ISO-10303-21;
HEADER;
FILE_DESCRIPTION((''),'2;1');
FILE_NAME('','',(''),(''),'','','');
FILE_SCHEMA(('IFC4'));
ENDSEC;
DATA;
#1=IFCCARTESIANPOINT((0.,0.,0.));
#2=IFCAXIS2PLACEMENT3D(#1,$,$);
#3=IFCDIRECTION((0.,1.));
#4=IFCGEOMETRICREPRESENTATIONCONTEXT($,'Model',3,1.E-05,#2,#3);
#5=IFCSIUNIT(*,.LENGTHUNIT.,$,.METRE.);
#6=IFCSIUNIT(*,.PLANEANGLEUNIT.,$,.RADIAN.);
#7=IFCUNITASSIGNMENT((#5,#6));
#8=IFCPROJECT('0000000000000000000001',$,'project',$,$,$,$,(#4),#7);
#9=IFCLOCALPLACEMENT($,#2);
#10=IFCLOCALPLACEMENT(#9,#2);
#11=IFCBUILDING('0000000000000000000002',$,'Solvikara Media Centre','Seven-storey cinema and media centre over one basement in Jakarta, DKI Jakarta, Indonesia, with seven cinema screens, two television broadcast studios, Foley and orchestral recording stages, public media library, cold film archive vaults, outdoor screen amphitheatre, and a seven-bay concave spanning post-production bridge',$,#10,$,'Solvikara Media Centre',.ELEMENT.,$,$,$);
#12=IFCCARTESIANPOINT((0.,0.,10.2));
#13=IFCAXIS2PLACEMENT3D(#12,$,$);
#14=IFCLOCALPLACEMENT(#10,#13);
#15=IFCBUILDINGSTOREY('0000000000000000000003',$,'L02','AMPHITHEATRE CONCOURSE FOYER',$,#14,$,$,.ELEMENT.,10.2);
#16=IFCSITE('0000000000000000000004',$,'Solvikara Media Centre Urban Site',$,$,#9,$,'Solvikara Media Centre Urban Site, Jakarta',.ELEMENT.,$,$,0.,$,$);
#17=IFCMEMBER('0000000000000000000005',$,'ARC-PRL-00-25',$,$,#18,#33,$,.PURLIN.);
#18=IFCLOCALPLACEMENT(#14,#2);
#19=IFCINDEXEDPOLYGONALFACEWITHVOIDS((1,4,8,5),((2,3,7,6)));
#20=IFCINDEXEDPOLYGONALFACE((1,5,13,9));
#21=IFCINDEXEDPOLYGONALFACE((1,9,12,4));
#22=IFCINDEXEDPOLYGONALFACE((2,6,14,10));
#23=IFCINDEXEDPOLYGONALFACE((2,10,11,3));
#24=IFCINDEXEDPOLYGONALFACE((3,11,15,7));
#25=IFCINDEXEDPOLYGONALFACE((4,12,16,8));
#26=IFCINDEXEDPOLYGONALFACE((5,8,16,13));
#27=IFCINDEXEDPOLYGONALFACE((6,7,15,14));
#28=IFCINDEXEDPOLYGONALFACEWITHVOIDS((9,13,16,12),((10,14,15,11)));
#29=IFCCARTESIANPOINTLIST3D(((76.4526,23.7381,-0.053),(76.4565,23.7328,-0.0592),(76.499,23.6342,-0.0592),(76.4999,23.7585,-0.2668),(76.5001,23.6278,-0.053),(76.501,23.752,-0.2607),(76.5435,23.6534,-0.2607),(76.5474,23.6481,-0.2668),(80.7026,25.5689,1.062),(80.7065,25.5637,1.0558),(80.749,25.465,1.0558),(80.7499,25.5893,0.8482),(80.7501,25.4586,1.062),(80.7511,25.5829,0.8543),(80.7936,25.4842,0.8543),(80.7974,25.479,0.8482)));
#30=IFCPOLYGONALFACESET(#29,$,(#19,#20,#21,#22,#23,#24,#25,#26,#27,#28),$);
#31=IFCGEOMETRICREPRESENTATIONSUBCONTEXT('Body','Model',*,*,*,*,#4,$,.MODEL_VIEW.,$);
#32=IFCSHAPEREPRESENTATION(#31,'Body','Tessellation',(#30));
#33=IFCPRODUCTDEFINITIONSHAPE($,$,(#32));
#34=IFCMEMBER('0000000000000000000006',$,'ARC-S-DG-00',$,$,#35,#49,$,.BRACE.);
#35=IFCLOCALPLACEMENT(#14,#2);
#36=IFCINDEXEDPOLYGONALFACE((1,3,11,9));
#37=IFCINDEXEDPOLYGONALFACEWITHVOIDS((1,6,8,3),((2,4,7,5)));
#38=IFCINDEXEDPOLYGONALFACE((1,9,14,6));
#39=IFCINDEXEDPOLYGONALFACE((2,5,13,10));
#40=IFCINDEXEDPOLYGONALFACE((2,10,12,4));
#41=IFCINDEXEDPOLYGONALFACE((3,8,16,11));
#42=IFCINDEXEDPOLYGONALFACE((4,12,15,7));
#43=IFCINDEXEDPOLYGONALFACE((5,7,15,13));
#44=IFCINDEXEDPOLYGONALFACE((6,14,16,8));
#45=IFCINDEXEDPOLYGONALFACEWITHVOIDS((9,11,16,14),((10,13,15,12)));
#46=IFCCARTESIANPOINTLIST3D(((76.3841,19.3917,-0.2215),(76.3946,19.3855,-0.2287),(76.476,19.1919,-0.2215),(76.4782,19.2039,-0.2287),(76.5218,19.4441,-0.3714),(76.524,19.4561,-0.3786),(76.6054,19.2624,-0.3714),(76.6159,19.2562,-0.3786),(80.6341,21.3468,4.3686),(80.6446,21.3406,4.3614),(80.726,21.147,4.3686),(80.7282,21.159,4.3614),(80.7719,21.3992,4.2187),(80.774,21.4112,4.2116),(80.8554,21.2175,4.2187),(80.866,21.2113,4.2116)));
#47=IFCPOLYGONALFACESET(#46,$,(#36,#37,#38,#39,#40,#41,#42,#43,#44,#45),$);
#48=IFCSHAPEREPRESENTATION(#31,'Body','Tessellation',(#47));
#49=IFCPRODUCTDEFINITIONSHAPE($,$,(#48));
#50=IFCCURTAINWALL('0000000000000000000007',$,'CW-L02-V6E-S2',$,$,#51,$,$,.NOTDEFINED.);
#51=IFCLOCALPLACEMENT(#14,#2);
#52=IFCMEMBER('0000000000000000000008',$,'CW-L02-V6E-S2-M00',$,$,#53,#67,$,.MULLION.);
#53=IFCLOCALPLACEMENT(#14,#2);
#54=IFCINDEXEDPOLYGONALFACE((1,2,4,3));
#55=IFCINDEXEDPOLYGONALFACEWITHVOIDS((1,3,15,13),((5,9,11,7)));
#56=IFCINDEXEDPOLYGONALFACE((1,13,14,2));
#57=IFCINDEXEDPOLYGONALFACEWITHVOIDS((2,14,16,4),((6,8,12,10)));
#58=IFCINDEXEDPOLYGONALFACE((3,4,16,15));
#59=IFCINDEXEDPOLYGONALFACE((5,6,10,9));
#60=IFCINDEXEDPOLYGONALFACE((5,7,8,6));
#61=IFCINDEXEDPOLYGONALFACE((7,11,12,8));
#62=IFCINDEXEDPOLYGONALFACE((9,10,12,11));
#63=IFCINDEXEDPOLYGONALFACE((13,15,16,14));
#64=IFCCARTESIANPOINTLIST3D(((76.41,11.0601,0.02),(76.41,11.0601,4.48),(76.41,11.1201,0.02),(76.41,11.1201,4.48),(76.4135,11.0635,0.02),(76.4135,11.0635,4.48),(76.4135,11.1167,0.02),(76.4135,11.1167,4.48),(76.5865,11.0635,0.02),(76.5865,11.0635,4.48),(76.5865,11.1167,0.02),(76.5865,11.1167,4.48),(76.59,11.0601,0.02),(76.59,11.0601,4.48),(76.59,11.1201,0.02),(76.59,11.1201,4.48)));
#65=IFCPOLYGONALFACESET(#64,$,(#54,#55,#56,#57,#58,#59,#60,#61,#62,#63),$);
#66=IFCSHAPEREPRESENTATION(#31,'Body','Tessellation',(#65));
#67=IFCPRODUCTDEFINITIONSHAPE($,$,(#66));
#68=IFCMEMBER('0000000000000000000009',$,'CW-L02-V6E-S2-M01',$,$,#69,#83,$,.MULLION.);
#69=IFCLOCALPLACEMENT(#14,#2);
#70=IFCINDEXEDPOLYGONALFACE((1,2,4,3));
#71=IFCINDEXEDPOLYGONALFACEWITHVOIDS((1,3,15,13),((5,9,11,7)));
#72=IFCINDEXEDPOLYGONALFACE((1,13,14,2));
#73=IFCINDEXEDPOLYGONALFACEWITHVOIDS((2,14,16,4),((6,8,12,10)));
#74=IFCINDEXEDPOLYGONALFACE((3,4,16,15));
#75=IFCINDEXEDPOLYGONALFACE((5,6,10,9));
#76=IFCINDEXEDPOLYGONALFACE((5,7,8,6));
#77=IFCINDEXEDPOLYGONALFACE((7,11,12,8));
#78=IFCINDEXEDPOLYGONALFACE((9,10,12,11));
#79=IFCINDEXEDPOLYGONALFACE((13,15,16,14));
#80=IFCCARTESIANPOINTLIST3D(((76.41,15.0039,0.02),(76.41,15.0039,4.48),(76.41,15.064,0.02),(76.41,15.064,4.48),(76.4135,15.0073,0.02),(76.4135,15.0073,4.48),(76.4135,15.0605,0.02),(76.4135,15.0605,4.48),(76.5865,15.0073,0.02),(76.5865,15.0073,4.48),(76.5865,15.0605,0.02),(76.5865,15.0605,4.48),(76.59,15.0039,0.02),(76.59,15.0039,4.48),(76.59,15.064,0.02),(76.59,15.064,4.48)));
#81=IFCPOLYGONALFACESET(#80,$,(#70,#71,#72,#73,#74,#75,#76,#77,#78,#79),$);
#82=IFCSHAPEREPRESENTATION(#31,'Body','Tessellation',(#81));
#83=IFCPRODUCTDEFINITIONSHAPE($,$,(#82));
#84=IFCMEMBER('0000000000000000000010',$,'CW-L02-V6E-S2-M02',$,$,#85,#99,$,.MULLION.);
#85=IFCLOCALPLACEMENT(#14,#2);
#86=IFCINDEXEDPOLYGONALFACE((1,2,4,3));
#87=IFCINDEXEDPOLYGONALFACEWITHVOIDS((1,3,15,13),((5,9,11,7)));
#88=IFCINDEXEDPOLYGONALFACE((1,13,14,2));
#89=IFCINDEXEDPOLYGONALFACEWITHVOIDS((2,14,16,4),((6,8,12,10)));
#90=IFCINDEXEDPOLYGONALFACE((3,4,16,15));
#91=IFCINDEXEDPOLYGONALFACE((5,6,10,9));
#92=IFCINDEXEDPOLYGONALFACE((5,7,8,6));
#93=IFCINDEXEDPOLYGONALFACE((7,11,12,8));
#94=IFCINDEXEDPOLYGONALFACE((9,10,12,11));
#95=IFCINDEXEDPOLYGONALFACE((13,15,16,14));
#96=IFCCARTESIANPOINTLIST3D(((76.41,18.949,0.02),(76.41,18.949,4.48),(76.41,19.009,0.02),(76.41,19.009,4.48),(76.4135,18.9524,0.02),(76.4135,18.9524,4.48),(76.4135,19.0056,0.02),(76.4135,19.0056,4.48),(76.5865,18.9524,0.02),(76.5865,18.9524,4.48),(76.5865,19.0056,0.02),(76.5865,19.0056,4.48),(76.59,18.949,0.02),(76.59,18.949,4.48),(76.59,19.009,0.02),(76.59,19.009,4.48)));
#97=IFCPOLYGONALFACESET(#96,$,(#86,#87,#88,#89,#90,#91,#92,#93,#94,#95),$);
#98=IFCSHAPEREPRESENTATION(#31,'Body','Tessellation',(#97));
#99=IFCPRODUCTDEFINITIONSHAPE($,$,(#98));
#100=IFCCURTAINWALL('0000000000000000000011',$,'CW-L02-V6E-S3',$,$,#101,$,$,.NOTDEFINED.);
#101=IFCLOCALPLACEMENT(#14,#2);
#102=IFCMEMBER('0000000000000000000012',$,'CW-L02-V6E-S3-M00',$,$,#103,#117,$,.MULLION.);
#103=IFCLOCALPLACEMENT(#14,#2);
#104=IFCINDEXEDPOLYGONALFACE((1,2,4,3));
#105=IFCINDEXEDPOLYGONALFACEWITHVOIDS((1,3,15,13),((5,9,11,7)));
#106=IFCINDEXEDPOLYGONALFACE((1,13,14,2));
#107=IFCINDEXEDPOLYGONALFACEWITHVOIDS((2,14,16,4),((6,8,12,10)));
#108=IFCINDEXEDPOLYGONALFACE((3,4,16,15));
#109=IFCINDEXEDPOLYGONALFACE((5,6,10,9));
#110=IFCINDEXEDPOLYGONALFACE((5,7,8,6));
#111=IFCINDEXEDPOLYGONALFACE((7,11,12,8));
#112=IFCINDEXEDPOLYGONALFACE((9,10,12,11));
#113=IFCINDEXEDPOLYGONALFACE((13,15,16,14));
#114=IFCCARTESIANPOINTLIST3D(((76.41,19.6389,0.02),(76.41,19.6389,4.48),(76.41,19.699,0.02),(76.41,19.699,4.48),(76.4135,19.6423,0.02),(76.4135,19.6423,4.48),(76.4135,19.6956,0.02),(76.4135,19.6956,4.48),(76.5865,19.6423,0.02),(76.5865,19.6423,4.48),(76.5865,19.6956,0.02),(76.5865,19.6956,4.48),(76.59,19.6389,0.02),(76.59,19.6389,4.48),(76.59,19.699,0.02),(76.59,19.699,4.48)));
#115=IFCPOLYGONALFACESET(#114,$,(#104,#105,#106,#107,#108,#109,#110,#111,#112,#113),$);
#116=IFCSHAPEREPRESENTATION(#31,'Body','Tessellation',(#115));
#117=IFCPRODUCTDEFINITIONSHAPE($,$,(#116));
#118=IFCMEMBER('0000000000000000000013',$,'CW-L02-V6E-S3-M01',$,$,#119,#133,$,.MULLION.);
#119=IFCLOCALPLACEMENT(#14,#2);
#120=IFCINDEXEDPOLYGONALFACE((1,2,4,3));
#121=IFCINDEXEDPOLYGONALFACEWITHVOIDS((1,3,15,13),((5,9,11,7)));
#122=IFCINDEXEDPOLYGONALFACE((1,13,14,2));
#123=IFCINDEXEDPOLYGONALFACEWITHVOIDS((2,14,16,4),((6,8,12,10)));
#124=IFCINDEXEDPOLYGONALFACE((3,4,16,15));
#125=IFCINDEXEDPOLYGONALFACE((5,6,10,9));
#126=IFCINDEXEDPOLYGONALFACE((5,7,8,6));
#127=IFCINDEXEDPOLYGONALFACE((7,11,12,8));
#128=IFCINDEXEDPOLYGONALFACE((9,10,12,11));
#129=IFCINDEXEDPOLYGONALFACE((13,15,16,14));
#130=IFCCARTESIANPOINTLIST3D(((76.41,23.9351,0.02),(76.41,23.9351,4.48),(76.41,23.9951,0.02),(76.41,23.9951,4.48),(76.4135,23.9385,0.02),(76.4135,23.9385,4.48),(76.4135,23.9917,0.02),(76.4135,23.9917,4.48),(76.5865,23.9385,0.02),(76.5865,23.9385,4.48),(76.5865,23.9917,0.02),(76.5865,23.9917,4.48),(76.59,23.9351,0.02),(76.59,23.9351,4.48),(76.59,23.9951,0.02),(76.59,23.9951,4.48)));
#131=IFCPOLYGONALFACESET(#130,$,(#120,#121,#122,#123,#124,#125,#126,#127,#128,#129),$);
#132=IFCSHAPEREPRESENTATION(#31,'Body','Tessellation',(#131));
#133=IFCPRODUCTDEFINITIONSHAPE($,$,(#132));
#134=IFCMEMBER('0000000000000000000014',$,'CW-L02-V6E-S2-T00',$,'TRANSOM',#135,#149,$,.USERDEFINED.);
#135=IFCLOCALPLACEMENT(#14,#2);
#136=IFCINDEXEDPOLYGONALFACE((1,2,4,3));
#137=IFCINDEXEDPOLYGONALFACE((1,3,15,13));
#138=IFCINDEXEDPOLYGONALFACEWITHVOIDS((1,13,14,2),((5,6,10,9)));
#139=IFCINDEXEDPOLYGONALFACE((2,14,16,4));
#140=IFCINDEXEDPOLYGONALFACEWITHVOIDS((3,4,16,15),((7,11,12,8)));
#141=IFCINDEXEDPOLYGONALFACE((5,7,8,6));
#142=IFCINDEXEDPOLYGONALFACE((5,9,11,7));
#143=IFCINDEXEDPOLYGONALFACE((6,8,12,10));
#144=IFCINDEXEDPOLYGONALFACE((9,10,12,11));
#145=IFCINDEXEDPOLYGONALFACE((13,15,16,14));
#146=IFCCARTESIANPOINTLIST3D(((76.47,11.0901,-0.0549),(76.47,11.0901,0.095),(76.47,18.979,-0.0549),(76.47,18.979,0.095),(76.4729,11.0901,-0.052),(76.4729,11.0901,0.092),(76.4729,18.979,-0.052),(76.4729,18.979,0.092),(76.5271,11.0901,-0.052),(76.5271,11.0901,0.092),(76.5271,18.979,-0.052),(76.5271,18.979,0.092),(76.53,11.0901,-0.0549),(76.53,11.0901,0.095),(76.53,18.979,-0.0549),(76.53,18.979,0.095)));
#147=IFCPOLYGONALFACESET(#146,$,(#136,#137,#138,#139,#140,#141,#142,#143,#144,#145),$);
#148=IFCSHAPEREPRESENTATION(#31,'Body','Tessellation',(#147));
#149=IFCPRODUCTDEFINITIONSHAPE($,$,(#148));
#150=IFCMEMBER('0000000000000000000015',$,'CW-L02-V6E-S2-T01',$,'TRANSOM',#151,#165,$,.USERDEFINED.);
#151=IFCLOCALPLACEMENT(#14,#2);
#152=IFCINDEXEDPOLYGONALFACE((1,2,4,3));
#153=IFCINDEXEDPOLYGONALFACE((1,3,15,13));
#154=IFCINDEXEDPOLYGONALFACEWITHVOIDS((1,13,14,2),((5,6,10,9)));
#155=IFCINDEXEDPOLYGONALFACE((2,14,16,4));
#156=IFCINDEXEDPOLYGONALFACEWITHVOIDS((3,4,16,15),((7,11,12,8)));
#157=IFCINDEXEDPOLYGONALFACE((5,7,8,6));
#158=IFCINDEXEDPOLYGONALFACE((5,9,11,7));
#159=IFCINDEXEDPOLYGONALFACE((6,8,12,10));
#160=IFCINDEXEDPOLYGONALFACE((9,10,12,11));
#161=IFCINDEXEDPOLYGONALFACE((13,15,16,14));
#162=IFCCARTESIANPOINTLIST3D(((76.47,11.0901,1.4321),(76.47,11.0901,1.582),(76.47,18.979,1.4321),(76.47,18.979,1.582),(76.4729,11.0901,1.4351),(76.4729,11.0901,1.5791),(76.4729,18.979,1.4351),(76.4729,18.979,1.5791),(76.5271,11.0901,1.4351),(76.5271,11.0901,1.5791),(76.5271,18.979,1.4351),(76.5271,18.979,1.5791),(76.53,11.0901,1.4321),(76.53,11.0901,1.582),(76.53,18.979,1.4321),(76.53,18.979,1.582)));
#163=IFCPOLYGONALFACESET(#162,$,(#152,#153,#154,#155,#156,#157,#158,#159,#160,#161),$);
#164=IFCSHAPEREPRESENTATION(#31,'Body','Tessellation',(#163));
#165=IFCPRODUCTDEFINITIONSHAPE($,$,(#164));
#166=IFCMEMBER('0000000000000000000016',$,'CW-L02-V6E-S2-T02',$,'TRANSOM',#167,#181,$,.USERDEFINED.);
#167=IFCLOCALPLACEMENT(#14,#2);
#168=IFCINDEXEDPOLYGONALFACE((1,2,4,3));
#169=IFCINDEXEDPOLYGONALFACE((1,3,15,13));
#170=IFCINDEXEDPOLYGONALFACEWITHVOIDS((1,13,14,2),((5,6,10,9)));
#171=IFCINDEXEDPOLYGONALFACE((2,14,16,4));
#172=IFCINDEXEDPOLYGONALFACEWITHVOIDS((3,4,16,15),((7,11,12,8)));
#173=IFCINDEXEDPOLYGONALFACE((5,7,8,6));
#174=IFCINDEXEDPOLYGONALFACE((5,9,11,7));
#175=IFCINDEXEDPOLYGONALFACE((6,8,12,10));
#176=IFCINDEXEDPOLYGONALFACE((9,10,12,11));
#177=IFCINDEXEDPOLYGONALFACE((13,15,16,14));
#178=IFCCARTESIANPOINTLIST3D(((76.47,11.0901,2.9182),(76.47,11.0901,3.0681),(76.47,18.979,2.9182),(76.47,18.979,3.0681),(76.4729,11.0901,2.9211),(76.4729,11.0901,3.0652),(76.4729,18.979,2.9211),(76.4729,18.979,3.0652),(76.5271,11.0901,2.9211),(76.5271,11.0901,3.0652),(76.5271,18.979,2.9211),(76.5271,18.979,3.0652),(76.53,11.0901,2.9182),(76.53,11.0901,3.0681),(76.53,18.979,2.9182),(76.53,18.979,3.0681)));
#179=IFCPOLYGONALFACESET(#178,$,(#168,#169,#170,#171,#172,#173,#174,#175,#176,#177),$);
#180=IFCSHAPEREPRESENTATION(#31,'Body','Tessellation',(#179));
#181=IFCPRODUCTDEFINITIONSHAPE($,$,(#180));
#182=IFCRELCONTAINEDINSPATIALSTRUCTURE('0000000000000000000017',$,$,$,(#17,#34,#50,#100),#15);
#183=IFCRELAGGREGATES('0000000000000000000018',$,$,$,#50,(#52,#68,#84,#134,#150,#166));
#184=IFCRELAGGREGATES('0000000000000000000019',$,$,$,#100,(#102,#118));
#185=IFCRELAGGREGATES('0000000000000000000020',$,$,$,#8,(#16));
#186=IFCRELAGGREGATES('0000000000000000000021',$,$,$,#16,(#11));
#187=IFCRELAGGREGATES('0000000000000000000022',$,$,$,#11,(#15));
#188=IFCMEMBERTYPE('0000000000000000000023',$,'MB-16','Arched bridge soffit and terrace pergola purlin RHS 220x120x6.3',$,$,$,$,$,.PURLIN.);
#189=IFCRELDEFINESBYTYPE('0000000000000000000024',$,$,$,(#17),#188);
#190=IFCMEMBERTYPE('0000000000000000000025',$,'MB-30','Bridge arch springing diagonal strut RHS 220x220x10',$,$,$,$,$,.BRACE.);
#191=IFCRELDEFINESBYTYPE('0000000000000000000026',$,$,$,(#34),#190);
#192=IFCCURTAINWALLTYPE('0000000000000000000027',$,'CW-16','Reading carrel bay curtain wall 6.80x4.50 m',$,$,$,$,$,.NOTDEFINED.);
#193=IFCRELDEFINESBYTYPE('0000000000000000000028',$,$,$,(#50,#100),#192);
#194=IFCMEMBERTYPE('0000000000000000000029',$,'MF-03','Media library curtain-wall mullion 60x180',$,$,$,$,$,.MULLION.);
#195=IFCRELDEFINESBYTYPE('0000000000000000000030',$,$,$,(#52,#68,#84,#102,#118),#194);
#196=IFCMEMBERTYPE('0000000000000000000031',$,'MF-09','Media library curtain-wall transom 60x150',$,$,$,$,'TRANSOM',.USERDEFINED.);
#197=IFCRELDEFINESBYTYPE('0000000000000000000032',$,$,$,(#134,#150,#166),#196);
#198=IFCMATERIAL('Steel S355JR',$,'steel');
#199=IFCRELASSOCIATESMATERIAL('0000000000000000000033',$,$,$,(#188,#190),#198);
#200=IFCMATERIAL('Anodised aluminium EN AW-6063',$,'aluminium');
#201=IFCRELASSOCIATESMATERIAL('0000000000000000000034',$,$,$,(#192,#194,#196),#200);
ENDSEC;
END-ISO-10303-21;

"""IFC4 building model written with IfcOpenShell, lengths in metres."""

from ifc_helpers import new_model, si_unit, direction, frame, origin, origin_2d, place, context, subcontext, project, spatial, hollow_rectangle, extrude, material, material_profile, profile_set, type_object, element, aggregate, save


model = new_model("IFC4")

# Units and contexts
model_context = context("Model", 3, precision=1e-05, world=origin(), true_north=direction((0.0, 1.0)))
body_context = subcontext(model_context, "Body", "Model", "MODEL_VIEW")
ifc_project = project(units=[si_unit("LENGTHUNIT", "METRE"), si_unit("PLANEANGLEUNIT", "RADIAN")], contexts=[model_context])

# Site, building, storey
site_placement = place(None, origin())
site = spatial("IfcSite", under=ifc_project, at=site_placement, Name="Solvikara Media Centre Urban Site", LongName="Solvikara Media Centre Urban Site, Jakarta", CompositionType="ELEMENT", RefElevation=0.0)
building_placement = place(site_placement, origin())
building = spatial("IfcBuilding", under=site, at=building_placement, Name="Solvikara Media Centre", Description="Seven-storey cinema and media centre over one basement in Jakarta, DKI Jakarta, Indonesia, with seven cinema screens, two television broadcast studios, Foley and orchestral recording stages, public media library, cold film archive vaults, outdoor screen amphitheatre, and a seven-bay concave spanning post-production bridge", LongName="Solvikara Media Centre", CompositionType="ELEMENT")
storey_placement = place(building_placement, frame((0.0, 0.0, 10.2)))
storey = spatial("IfcBuildingStorey", under=building, at=storey_placement, Name="L02", Description="AMPHITHEATRE CONCOURSE FOYER", CompositionType="ELEMENT", Elevation=10.2)

# Shared definitions
ifc_material_1 = material(Name="Steel S355JR", Category="steel")

# Members
ifc_material_profile_1 = material_profile(ifc_material_1, hollow_rectangle(XDim=0.1201, YDim=0.22, WallThickness=0.0063, at=origin_2d()), Name="RHS 220x120x6.3")
ifc_profile_set_1 = profile_set([ifc_material_profile_1], Name="Steel S355JR")
member_type_1 = type_object("IfcMemberType", Name="MB-16", Description="Arched bridge soffit and terrace pergola purlin RHS 220x120x6.3", PredefinedType="PURLIN", material=ifc_profile_set_1)
member_1_placement = place(storey_placement, frame((76.5, 23.6931, -0.1599), z_axis=(0.892858, 0.384624, 0.234242), x_axis=(-0.395631, 0.918409, 0.0)))
element("IfcMember", 1, at=member_1_placement, inside=storey, type_object=member_type_1, Name="ARC-PRL-00-25", PredefinedType="PURLIN", context=body_context, shape_type="SweptSolid", body=[
    extrude(hollow_rectangle(XDim=0.1201, YDim=0.22, WallThickness=0.0063, at=origin_2d()), origin(), (0.0, 0.0, 1.0), 4.76),
])
ifc_material_profile_2 = material_profile(ifc_material_1, hollow_rectangle(XDim=0.22, YDim=0.22, WallThickness=0.01, at=origin_2d()), Name="RHS 220x220x10")
ifc_profile_set_2 = profile_set([ifc_material_profile_2], Name="Steel S355JR")
member_type_2 = type_object("IfcMemberType", Name="MB-30", Description="Bridge arch springing diagonal strut RHS 220x220x10", PredefinedType="BRACE", material=ifc_profile_set_2)
member_2_placement = place(storey_placement, frame((76.5, 19.324, -0.3), z_axis=(0.648468, 0.298307, 0.700359), x_axis=(-0.417919, 0.908484, 0.0)))
element("IfcMember", 2, at=member_2_placement, inside=storey, type_object=member_type_2, Name="ARC-S-DG-00", PredefinedType="BRACE", context=body_context, shape_type="SweptSolid", body=[
    extrude(hollow_rectangle(XDim=0.22, YDim=0.22, WallThickness=0.01, at=origin_2d()), origin(), (0.0, 0.0, 1.0), 6.554),
])

# Curtain walls, members
ifc_material_2 = material(Name="Anodised aluminium EN AW-6063", Category="aluminium")
curtain_wall_type = type_object("IfcCurtainWallType", Name="CW-16", Description="Reading carrel bay curtain wall 6.80x4.50 m", PredefinedType="NOTDEFINED", material=ifc_material_2)
curtain_wall_1_placement = place(storey_placement, origin())
curtain_wall_1 = element("IfcCurtainWall", 3, at=curtain_wall_1_placement, inside=storey, type_object=curtain_wall_type, Name="CW-L02-V6E-S2", PredefinedType="NOTDEFINED")
ifc_material_profile_3 = material_profile(ifc_material_2, hollow_rectangle(XDim=0.0601, YDim=0.1799, WallThickness=0.0034, at=origin_2d()), Name="ALU-M 60x180x3.5")
ifc_profile_set_3 = profile_set([ifc_material_profile_3], Name="Anodised aluminium EN AW-6063")
member_type_3 = type_object("IfcMemberType", Name="MF-03", Description="Media library curtain-wall mullion 60x180", PredefinedType="MULLION", material=ifc_profile_set_3)
member_3_placement = place(storey_placement, frame((76.5, 11.0901, 0.02), z_axis=(0.0, 0.0, 1.0), x_axis=(0.0, 1.0, 0.0)))
member_3 = element("IfcMember", 4, at=member_3_placement, type_object=member_type_3, Name="CW-L02-V6E-S2-M00", PredefinedType="MULLION", context=body_context, shape_type="SweptSolid", body=[
    extrude(hollow_rectangle(XDim=0.0601, YDim=0.1799, WallThickness=0.0034, at=origin_2d()), origin(), (0.0, 0.0, 1.0), 4.46),
])
member_4_placement = place(storey_placement, frame((76.5, 15.0339, 0.02), z_axis=(0.0, 0.0, 1.0), x_axis=(0.0, 1.0, 0.0)))
member_4 = element("IfcMember", 5, at=member_4_placement, type_object=member_type_3, Name="CW-L02-V6E-S2-M01", PredefinedType="MULLION", context=body_context, shape_type="SweptSolid", body=[
    extrude(hollow_rectangle(XDim=0.0601, YDim=0.1799, WallThickness=0.0034, at=origin_2d()), origin(), (0.0, 0.0, 1.0), 4.46),
])
member_5_placement = place(storey_placement, frame((76.5, 18.979, 0.02), z_axis=(0.0, 0.0, 1.0), x_axis=(0.0, 1.0, 0.0)))
member_5 = element("IfcMember", 6, at=member_5_placement, type_object=member_type_3, Name="CW-L02-V6E-S2-M02", PredefinedType="MULLION", context=body_context, shape_type="SweptSolid", body=[
    extrude(hollow_rectangle(XDim=0.0601, YDim=0.1799, WallThickness=0.0034, at=origin_2d()), origin(), (0.0, 0.0, 1.0), 4.46),
])
curtain_wall_2_placement = place(storey_placement, origin())
curtain_wall_2 = element("IfcCurtainWall", 7, at=curtain_wall_2_placement, inside=storey, type_object=curtain_wall_type, Name="CW-L02-V6E-S3", PredefinedType="NOTDEFINED")
member_6_placement = place(storey_placement, frame((76.5, 19.6689, 0.02), z_axis=(0.0, 0.0, 1.0), x_axis=(0.0, 1.0, 0.0)))
member_6 = element("IfcMember", 8, at=member_6_placement, type_object=member_type_3, Name="CW-L02-V6E-S3-M00", PredefinedType="MULLION", context=body_context, shape_type="SweptSolid", body=[
    extrude(hollow_rectangle(XDim=0.0601, YDim=0.1799, WallThickness=0.0034, at=origin_2d()), origin(), (0.0, 0.0, 1.0), 4.46),
])
member_7_placement = place(storey_placement, frame((76.5, 23.9651, 0.02), z_axis=(0.0, 0.0, 1.0), x_axis=(0.0, 1.0, 0.0)))
member_7 = element("IfcMember", 9, at=member_7_placement, type_object=member_type_3, Name="CW-L02-V6E-S3-M01", PredefinedType="MULLION", context=body_context, shape_type="SweptSolid", body=[
    extrude(hollow_rectangle(XDim=0.0601, YDim=0.1799, WallThickness=0.0034, at=origin_2d()), origin(), (0.0, 0.0, 1.0), 4.46),
])

# Members
ifc_material_profile_4 = material_profile(ifc_material_2, hollow_rectangle(XDim=0.0601, YDim=0.1499, WallThickness=0.0029, at=origin_2d()), Name="ALU-T 60x150x3")
ifc_profile_set_4 = profile_set([ifc_material_profile_4], Name="Anodised aluminium EN AW-6063")
member_type_4 = type_object("IfcMemberType", Name="MF-09", Description="Media library curtain-wall transom 60x150", ElementType="TRANSOM", PredefinedType="USERDEFINED", material=ifc_profile_set_4)
member_8_placement = place(storey_placement, frame((76.5, 11.0901, 0.02), z_axis=(0.0, 1.0, 0.0), x_axis=(-1.0, 0.0, 0.0)))
member_8 = element("IfcMember", 10, at=member_8_placement, type_object=member_type_4, Name="CW-L02-V6E-S2-T00", ObjectType="TRANSOM", PredefinedType="USERDEFINED", context=body_context, shape_type="SweptSolid", body=[
    extrude(hollow_rectangle(XDim=0.0601, YDim=0.1499, WallThickness=0.0029, at=origin_2d()), origin(), (0.0, 0.0, 1.0), 7.8889),
])
member_9_placement = place(storey_placement, frame((76.5, 11.0901, 1.5071), z_axis=(0.0, 1.0, 0.0), x_axis=(-1.0, 0.0, 0.0)))
member_9 = element("IfcMember", 11, at=member_9_placement, type_object=member_type_4, Name="CW-L02-V6E-S2-T01", ObjectType="TRANSOM", PredefinedType="USERDEFINED", context=body_context, shape_type="SweptSolid", body=[
    extrude(hollow_rectangle(XDim=0.0601, YDim=0.1499, WallThickness=0.0029, at=origin_2d()), origin(), (0.0, 0.0, 1.0), 7.8889),
])
member_10_placement = place(storey_placement, frame((76.5, 11.0901, 2.9932), z_axis=(0.0, 1.0, 0.0), x_axis=(-1.0, 0.0, 0.0)))
member_10 = element("IfcMember", 12, at=member_10_placement, type_object=member_type_4, Name="CW-L02-V6E-S2-T02", ObjectType="TRANSOM", PredefinedType="USERDEFINED", context=body_context, shape_type="SweptSolid", body=[
    extrude(hollow_rectangle(XDim=0.0601, YDim=0.1499, WallThickness=0.0029, at=origin_2d()), origin(), (0.0, 0.0, 1.0), 7.8889),
])

aggregate(curtain_wall_1, [member_3, member_4, member_5, member_8, member_9, member_10])
aggregate(curtain_wall_2, [member_6, member_7])

save(model, "model.ifc")
